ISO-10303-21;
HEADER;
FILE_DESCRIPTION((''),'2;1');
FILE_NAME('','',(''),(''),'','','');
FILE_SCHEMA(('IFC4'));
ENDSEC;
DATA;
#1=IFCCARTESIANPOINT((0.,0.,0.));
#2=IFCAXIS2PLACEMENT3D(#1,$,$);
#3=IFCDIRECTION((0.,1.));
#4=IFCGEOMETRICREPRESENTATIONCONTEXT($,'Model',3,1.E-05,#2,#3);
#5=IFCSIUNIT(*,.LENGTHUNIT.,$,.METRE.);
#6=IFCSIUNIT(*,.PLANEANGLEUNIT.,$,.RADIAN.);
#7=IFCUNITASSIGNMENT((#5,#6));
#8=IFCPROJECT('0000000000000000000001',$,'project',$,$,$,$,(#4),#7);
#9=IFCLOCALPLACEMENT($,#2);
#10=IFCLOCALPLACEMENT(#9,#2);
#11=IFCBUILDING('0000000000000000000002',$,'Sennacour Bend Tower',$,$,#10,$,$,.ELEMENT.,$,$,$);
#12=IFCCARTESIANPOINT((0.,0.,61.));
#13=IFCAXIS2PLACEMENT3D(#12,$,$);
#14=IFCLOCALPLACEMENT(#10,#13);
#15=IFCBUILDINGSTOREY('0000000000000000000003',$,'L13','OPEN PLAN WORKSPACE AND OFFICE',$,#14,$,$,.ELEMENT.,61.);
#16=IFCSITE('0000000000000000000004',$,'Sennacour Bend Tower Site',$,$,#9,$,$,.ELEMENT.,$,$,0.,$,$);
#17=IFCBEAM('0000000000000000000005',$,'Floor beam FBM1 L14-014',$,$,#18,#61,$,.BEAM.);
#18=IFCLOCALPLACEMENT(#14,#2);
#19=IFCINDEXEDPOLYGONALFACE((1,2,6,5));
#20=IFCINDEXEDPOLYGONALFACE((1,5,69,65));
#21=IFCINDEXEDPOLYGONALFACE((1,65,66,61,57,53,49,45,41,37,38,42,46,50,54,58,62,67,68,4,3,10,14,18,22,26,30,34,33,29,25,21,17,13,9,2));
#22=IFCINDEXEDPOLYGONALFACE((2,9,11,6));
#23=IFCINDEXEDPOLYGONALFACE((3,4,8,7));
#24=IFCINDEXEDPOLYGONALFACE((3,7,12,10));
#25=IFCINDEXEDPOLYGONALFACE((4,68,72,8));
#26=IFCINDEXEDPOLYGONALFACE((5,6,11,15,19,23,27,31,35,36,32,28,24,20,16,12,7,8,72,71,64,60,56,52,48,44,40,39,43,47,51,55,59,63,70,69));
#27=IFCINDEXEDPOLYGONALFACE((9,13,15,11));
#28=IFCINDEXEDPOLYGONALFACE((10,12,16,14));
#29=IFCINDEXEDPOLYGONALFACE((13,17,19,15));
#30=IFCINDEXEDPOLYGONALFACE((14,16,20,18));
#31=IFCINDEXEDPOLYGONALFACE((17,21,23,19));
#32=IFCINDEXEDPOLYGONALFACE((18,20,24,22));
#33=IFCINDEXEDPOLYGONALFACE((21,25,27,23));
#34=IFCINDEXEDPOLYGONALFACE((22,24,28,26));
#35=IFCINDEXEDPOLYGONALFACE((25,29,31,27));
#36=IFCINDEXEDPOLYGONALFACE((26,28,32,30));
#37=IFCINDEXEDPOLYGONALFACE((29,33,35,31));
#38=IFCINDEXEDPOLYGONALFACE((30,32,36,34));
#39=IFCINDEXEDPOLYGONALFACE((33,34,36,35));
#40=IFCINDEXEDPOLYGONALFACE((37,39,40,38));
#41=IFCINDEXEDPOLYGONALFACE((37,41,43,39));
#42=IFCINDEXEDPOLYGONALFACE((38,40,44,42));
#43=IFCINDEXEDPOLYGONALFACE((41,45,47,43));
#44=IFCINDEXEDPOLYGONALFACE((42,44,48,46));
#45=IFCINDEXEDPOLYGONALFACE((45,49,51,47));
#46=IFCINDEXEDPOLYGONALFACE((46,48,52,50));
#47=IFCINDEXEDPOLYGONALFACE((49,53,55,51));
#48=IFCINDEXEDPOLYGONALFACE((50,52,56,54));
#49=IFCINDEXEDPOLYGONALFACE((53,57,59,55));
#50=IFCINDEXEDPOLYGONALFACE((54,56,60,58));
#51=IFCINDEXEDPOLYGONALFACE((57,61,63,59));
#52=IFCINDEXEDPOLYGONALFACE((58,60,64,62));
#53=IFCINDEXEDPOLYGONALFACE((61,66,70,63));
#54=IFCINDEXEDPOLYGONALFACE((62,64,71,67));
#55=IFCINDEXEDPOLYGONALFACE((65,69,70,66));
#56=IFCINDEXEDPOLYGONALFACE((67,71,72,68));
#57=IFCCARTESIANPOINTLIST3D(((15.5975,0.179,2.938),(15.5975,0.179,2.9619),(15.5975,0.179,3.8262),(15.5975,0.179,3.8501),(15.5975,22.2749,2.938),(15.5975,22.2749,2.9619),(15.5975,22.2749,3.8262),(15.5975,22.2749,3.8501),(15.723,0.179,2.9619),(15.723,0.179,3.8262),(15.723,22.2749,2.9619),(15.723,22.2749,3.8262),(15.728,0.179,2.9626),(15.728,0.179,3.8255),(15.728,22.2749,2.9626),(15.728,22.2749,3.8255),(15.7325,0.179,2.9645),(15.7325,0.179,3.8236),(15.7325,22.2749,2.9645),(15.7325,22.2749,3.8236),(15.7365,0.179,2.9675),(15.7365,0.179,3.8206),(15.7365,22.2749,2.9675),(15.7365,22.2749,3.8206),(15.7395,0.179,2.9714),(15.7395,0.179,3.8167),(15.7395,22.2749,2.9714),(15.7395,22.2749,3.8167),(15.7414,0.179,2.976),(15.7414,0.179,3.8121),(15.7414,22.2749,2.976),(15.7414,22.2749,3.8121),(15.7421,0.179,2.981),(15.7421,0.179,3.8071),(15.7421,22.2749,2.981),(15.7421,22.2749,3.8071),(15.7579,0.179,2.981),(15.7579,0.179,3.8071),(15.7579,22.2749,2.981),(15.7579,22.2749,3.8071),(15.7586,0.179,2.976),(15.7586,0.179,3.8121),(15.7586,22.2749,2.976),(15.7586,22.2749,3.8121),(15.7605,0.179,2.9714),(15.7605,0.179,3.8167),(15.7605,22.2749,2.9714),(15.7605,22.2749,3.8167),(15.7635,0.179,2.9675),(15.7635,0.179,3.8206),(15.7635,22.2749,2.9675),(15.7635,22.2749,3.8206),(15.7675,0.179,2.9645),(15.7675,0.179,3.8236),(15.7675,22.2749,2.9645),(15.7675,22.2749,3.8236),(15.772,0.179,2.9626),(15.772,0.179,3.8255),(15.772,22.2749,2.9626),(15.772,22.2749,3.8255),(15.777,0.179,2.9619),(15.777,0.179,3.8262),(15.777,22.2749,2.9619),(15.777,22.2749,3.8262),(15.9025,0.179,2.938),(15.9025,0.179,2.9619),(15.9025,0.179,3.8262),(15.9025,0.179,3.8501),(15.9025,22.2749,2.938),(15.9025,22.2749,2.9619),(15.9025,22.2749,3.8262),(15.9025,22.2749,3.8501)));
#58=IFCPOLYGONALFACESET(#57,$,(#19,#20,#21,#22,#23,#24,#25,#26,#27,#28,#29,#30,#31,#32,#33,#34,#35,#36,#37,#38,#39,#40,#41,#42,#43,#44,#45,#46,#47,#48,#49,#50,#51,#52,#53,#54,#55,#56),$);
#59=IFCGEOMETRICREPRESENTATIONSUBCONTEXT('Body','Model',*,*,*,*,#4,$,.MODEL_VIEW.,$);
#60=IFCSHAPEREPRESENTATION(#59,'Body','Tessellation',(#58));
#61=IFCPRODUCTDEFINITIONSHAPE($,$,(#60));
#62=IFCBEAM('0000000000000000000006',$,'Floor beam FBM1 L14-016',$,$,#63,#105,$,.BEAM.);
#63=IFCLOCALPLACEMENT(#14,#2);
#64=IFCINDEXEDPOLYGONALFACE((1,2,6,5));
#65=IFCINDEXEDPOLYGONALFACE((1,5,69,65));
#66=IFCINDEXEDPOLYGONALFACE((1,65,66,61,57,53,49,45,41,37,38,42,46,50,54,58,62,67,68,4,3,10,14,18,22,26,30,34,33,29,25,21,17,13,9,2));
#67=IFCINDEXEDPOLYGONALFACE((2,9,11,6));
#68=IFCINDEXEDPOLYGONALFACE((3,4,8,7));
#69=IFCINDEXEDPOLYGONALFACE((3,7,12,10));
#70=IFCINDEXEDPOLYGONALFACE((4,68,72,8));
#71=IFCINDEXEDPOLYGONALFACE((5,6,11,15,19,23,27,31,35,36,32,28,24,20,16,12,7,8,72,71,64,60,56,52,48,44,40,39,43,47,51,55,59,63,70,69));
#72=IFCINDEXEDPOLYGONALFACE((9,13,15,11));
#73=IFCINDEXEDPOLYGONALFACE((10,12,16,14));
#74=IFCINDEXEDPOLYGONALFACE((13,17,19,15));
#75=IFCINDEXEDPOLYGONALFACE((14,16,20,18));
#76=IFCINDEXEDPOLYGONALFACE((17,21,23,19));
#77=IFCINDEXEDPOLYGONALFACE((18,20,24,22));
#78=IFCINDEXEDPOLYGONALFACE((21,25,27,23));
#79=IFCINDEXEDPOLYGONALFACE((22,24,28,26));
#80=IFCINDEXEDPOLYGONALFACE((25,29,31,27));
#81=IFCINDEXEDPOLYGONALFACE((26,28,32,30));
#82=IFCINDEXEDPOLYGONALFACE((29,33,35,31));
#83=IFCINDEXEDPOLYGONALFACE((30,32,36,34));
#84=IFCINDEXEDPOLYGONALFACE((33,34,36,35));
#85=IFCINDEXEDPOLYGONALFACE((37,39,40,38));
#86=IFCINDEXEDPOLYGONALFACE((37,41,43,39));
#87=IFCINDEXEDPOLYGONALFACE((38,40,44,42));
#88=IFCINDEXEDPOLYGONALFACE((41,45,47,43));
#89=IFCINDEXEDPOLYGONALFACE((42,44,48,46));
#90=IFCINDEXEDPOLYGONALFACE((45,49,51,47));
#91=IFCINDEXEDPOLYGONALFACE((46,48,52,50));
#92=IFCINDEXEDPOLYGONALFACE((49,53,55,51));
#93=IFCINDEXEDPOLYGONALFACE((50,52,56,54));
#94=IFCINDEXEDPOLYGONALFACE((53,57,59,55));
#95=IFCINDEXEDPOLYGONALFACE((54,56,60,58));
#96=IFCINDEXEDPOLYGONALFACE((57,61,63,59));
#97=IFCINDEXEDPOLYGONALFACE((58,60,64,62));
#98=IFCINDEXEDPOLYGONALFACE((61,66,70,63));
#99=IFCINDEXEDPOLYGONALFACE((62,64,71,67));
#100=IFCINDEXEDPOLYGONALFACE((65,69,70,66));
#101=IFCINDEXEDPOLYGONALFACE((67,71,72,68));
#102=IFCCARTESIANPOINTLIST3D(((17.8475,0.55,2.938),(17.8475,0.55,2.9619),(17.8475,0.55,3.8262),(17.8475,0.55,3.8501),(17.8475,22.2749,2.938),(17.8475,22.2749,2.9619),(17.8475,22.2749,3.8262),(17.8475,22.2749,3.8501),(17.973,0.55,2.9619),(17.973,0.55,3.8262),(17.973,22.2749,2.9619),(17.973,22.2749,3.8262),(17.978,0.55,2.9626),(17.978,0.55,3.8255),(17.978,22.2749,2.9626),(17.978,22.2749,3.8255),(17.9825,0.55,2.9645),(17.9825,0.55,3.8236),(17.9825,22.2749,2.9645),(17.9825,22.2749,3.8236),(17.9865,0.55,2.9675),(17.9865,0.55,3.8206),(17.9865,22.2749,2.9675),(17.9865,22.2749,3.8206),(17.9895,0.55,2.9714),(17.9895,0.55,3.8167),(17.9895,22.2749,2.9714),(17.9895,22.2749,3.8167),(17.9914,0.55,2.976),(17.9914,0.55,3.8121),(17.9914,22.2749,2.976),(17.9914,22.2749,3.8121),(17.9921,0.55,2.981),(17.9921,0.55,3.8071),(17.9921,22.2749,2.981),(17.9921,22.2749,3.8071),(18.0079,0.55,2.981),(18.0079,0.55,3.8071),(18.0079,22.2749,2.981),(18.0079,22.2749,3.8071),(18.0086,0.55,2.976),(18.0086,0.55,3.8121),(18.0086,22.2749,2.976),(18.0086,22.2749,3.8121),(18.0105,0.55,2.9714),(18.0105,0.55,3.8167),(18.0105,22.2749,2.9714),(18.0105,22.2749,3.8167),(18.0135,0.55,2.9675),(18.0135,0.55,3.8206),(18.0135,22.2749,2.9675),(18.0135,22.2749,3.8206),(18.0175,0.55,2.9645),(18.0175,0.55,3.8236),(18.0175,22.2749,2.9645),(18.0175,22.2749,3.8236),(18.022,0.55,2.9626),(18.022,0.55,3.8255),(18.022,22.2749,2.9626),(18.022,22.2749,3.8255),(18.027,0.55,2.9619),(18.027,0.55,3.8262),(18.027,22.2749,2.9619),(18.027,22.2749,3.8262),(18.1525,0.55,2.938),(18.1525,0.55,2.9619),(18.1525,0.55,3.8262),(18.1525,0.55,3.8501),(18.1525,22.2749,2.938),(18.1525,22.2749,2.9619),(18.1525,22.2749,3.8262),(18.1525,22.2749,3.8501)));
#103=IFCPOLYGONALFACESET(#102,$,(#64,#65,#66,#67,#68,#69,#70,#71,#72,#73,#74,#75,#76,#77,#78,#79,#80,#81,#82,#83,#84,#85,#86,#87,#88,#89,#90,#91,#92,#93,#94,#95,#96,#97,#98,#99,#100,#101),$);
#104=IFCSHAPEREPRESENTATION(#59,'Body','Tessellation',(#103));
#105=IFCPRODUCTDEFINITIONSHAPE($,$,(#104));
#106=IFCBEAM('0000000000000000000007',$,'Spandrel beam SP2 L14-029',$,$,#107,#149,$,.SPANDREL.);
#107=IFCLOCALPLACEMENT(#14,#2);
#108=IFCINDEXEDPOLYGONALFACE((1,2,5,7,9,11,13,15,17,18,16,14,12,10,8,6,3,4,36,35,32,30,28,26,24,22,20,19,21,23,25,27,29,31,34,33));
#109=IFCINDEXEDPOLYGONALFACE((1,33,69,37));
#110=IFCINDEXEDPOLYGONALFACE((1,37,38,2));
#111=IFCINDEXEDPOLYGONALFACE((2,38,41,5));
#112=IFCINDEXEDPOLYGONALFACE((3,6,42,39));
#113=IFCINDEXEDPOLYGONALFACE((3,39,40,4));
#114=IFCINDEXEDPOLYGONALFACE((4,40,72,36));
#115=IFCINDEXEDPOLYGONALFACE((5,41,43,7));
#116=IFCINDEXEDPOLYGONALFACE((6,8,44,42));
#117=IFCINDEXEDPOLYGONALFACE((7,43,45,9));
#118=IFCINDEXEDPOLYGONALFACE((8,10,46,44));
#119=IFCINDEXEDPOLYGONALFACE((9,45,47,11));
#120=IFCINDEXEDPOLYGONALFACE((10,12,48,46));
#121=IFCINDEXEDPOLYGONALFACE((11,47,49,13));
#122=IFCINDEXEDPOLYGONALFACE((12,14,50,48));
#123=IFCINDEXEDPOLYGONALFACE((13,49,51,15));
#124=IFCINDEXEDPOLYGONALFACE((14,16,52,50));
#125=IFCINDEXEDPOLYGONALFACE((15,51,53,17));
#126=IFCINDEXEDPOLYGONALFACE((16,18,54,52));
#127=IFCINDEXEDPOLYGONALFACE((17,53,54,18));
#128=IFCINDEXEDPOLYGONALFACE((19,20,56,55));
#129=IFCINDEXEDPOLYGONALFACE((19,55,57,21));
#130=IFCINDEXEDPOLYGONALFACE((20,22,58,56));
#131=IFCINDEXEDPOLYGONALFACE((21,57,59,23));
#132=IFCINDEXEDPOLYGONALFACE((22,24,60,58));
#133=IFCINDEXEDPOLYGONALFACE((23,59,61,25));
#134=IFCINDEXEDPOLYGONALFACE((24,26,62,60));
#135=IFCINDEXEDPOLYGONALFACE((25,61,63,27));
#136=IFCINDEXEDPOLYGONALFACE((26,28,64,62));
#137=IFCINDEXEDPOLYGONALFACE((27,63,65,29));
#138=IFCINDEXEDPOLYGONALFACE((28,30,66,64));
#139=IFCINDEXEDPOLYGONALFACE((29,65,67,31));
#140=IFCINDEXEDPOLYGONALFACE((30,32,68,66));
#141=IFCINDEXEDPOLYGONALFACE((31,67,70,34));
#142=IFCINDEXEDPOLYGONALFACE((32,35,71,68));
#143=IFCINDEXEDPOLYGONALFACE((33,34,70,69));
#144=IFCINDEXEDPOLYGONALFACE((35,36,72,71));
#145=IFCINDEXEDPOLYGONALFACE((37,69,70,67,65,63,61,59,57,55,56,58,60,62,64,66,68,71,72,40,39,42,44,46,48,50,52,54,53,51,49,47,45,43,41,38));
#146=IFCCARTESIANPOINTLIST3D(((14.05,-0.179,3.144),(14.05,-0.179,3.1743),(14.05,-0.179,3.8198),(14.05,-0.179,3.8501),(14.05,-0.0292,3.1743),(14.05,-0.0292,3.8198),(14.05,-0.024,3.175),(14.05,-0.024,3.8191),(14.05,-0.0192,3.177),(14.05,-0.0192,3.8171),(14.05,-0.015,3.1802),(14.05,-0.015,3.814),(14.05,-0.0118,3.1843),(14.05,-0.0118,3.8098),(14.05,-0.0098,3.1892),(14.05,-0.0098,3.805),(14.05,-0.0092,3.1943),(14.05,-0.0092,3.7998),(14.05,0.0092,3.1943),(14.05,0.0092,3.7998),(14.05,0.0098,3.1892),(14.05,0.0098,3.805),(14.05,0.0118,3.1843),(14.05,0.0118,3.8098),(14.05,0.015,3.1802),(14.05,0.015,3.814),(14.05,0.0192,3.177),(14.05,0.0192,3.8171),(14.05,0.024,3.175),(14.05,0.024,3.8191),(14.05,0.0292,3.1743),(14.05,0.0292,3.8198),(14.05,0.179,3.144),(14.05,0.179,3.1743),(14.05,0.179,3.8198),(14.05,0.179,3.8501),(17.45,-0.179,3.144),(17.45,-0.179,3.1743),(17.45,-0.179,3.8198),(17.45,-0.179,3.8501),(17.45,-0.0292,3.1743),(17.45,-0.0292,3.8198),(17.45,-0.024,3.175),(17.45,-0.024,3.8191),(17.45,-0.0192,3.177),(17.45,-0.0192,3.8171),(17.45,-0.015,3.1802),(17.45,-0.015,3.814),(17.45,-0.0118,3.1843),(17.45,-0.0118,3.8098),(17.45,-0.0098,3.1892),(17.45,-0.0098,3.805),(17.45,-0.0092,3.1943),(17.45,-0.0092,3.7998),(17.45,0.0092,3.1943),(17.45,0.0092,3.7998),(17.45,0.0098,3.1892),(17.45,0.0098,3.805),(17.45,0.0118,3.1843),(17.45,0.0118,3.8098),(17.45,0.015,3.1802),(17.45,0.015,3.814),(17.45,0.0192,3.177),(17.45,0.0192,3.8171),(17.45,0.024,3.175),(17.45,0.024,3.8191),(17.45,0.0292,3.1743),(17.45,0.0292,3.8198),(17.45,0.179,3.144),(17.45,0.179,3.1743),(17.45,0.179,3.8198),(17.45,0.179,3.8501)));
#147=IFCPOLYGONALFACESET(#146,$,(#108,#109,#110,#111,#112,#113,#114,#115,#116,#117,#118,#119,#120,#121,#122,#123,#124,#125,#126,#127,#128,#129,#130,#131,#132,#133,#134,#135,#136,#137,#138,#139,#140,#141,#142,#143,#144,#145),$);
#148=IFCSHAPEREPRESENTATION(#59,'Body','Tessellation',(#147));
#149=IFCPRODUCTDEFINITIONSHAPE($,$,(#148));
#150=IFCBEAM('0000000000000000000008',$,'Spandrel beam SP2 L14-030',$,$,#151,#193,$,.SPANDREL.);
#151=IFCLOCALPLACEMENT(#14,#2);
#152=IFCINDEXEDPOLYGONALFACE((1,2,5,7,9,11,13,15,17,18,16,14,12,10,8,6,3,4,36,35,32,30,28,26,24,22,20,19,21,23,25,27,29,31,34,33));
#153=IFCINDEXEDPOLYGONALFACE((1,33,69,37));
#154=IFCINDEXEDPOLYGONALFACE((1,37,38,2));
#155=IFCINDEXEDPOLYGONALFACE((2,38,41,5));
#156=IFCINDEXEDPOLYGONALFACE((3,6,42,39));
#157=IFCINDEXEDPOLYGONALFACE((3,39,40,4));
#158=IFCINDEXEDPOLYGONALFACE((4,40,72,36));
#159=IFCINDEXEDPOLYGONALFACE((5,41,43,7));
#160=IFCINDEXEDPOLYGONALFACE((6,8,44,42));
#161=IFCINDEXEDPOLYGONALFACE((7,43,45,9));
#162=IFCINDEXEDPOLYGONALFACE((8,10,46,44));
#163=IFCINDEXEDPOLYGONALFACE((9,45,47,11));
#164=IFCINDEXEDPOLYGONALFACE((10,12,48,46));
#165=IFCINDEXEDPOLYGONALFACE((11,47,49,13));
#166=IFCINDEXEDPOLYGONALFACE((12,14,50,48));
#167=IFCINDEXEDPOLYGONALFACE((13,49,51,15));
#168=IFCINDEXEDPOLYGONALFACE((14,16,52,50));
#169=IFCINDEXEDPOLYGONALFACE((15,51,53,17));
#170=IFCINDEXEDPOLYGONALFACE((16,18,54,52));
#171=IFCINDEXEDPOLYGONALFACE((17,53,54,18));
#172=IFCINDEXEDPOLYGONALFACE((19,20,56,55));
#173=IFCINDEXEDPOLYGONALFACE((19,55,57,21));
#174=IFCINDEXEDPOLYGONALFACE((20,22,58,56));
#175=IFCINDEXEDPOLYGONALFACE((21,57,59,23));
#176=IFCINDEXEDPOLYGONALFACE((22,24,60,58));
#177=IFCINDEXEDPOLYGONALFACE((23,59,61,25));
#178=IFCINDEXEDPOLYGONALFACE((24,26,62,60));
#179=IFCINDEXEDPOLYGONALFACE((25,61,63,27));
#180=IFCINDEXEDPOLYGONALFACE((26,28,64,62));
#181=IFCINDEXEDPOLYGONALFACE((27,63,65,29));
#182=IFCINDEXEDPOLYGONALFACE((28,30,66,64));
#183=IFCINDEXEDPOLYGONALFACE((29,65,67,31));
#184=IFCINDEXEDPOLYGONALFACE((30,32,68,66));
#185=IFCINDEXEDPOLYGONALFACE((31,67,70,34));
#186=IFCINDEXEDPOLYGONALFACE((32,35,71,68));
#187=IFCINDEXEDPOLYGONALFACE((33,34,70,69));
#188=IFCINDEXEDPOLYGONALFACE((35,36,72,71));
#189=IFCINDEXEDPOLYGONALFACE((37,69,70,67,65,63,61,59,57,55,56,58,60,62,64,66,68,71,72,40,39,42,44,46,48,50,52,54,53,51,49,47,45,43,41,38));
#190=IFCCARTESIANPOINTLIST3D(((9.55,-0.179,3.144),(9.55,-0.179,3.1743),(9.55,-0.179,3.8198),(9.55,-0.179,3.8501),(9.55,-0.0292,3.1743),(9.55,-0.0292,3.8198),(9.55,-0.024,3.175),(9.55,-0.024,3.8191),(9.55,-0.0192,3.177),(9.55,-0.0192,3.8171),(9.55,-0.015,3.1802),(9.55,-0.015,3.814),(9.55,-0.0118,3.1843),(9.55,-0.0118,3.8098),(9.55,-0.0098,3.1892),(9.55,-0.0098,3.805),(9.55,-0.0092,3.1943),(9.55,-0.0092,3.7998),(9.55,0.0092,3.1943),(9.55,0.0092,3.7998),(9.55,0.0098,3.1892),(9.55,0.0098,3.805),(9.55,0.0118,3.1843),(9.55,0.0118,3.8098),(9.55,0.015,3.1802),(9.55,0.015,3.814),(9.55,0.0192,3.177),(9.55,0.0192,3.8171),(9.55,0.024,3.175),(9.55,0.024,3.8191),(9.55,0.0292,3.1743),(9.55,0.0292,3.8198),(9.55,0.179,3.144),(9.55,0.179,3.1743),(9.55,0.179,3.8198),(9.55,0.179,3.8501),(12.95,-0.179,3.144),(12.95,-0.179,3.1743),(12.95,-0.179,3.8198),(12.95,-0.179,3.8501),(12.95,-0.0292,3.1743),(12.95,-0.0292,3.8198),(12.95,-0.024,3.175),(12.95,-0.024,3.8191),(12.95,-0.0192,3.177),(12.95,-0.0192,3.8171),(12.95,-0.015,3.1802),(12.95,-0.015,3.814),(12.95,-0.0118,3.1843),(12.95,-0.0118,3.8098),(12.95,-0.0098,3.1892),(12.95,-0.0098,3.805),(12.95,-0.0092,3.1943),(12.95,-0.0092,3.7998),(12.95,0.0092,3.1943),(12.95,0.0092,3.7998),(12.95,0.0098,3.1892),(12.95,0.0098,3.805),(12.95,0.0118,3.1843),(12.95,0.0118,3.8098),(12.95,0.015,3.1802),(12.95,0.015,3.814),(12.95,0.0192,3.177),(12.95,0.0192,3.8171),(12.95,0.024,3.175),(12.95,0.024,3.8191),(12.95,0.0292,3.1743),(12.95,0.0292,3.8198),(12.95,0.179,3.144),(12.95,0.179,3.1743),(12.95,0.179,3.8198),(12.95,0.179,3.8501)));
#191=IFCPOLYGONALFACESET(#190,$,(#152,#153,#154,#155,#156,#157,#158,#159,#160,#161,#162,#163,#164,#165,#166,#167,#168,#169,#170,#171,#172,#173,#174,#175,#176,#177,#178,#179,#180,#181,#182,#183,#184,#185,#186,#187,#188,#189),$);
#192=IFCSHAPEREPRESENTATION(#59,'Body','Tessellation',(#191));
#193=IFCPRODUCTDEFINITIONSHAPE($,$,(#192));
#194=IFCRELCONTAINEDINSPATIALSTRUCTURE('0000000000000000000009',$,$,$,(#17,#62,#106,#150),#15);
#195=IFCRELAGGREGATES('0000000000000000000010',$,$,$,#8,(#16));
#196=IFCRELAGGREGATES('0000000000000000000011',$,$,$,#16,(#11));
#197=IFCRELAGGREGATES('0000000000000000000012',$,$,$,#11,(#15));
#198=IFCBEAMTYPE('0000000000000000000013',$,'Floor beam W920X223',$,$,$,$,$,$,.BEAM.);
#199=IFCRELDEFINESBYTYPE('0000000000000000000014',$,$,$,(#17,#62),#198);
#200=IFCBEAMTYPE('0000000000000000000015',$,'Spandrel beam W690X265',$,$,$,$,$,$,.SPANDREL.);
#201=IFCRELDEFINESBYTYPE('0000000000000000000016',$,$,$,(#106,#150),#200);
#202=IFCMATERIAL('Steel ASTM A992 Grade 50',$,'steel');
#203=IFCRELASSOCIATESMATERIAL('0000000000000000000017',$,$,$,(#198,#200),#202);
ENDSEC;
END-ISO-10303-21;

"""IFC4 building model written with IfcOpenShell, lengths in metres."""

from ifc_helpers import new_model, si_unit, direction, frame, origin, origin_2d, place, context, subcontext, project, spatial, i_section, extrude, material, material_profile, profile_set, type_object, element, save


model = new_model("IFC4")

# Units and contexts
model_context = context("Model", 3, precision=1e-05, world=origin(), true_north=direction((0.0, 1.0)))
body_context = subcontext(model_context, "Body", "Model", "MODEL_VIEW")
ifc_project = project(units=[si_unit("LENGTHUNIT", "METRE"), si_unit("PLANEANGLEUNIT", "RADIAN")], contexts=[model_context])

# Site, building, storey
site_placement = place(None, origin())
site = spatial("IfcSite", under=ifc_project, at=site_placement, Name="Sennacour Bend Tower Site", CompositionType="ELEMENT", RefElevation=0.0)
building_placement = place(site_placement, origin())
building = spatial("IfcBuilding", under=site, at=building_placement, Name="Sennacour Bend Tower", CompositionType="ELEMENT")
storey_placement = place(building_placement, frame((0.0, 0.0, 61.0)))
storey = spatial("IfcBuildingStorey", under=building, at=storey_placement, Name="L13", Description="OPEN PLAN WORKSPACE AND OFFICE", CompositionType="ELEMENT", Elevation=61.0)

# Beams
ifc_material_1 = material(Name="Steel ASTM A992 Grade 50", Category="steel")
ifc_material_profile_1 = material_profile(ifc_material_1, i_section(OverallWidth=0.3049, OverallDepth=0.9121, WebThickness=0.0159, FlangeThickness=0.0239, FilletRadius=0.019, at=origin_2d()), Name="Steel ASTM A992 Grade 50", Category="steel")
ifc_profile_set_1 = profile_set([ifc_material_profile_1], Name="Steel ASTM A992 Grade 50")
beam_type_1 = type_object("IfcBeamType", Name="Floor beam W920X223", PredefinedType="BEAM", material=ifc_profile_set_1)
beam_1_placement = place(storey_placement, frame((15.75, 0.179, 3.394), z_axis=(0.0, 1.0, 0.0), x_axis=(-1.0, 0.0, 0.0)))
element("IfcBeam", 1, at=beam_1_placement, inside=storey, type_object=beam_type_1, Name="Floor beam FBM1 L14-014", PredefinedType="BEAM", context=body_context, shape_type="SweptSolid", body=[
    extrude(i_section(OverallWidth=0.3049, OverallDepth=0.9121, WebThickness=0.0159, FlangeThickness=0.0239, FilletRadius=0.019, at=origin_2d()), origin(), (0.0, 0.0, 1.0), 22.0959),
])
beam_2_placement = place(storey_placement, frame((18.0, 0.55, 3.394), z_axis=(0.0, 1.0, 0.0), x_axis=(-1.0, 0.0, 0.0)))
element("IfcBeam", 2, at=beam_2_placement, inside=storey, type_object=beam_type_1, Name="Floor beam FBM1 L14-016", PredefinedType="BEAM", context=body_context, shape_type="SweptSolid", body=[
    extrude(i_section(OverallWidth=0.3049, OverallDepth=0.9121, WebThickness=0.0159, FlangeThickness=0.0239, FilletRadius=0.019, at=origin_2d()), origin(), (0.0, 0.0, 1.0), 21.7249),
])
ifc_material_profile_2 = material_profile(ifc_material_1, i_section(OverallWidth=0.3579, OverallDepth=0.7061, WebThickness=0.0183, FlangeThickness=0.0303, FilletRadius=0.02, at=origin_2d()), Name="Steel ASTM A992 Grade 50", Category="steel")
ifc_profile_set_2 = profile_set([ifc_material_profile_2], Name="Steel ASTM A992 Grade 50")
beam_type_2 = type_object("IfcBeamType", Name="Spandrel beam W690X265", PredefinedType="SPANDREL", material=ifc_profile_set_2)
for number, where, z_axis, x_axis, name in (
    (3, (17.45, 0.0, 3.4971), (-1.0, 0.0, 0.0), (0.0, -1.0, 0.0), "Spandrel beam SP2 L14-029"),
    (4, (12.95, 0.0, 3.4971), (-1.0, 0.0, 0.0), (0.0, -1.0, 0.0), "Spandrel beam SP2 L14-030"),
):
    element("IfcBeam", number, at=place(storey_placement, frame(where, z_axis=z_axis, x_axis=x_axis)), inside=storey, type_object=beam_type_2, Name=name, PredefinedType="SPANDREL", context=body_context, shape_type="SweptSolid", body=[
        extrude(i_section(OverallWidth=0.3579, OverallDepth=0.7061, WebThickness=0.0183, FlangeThickness=0.0303, FilletRadius=0.02, at=origin_2d()), origin(), (0.0, 0.0, 1.0), 3.3999),
    ])

save(model, "model.ifc")
